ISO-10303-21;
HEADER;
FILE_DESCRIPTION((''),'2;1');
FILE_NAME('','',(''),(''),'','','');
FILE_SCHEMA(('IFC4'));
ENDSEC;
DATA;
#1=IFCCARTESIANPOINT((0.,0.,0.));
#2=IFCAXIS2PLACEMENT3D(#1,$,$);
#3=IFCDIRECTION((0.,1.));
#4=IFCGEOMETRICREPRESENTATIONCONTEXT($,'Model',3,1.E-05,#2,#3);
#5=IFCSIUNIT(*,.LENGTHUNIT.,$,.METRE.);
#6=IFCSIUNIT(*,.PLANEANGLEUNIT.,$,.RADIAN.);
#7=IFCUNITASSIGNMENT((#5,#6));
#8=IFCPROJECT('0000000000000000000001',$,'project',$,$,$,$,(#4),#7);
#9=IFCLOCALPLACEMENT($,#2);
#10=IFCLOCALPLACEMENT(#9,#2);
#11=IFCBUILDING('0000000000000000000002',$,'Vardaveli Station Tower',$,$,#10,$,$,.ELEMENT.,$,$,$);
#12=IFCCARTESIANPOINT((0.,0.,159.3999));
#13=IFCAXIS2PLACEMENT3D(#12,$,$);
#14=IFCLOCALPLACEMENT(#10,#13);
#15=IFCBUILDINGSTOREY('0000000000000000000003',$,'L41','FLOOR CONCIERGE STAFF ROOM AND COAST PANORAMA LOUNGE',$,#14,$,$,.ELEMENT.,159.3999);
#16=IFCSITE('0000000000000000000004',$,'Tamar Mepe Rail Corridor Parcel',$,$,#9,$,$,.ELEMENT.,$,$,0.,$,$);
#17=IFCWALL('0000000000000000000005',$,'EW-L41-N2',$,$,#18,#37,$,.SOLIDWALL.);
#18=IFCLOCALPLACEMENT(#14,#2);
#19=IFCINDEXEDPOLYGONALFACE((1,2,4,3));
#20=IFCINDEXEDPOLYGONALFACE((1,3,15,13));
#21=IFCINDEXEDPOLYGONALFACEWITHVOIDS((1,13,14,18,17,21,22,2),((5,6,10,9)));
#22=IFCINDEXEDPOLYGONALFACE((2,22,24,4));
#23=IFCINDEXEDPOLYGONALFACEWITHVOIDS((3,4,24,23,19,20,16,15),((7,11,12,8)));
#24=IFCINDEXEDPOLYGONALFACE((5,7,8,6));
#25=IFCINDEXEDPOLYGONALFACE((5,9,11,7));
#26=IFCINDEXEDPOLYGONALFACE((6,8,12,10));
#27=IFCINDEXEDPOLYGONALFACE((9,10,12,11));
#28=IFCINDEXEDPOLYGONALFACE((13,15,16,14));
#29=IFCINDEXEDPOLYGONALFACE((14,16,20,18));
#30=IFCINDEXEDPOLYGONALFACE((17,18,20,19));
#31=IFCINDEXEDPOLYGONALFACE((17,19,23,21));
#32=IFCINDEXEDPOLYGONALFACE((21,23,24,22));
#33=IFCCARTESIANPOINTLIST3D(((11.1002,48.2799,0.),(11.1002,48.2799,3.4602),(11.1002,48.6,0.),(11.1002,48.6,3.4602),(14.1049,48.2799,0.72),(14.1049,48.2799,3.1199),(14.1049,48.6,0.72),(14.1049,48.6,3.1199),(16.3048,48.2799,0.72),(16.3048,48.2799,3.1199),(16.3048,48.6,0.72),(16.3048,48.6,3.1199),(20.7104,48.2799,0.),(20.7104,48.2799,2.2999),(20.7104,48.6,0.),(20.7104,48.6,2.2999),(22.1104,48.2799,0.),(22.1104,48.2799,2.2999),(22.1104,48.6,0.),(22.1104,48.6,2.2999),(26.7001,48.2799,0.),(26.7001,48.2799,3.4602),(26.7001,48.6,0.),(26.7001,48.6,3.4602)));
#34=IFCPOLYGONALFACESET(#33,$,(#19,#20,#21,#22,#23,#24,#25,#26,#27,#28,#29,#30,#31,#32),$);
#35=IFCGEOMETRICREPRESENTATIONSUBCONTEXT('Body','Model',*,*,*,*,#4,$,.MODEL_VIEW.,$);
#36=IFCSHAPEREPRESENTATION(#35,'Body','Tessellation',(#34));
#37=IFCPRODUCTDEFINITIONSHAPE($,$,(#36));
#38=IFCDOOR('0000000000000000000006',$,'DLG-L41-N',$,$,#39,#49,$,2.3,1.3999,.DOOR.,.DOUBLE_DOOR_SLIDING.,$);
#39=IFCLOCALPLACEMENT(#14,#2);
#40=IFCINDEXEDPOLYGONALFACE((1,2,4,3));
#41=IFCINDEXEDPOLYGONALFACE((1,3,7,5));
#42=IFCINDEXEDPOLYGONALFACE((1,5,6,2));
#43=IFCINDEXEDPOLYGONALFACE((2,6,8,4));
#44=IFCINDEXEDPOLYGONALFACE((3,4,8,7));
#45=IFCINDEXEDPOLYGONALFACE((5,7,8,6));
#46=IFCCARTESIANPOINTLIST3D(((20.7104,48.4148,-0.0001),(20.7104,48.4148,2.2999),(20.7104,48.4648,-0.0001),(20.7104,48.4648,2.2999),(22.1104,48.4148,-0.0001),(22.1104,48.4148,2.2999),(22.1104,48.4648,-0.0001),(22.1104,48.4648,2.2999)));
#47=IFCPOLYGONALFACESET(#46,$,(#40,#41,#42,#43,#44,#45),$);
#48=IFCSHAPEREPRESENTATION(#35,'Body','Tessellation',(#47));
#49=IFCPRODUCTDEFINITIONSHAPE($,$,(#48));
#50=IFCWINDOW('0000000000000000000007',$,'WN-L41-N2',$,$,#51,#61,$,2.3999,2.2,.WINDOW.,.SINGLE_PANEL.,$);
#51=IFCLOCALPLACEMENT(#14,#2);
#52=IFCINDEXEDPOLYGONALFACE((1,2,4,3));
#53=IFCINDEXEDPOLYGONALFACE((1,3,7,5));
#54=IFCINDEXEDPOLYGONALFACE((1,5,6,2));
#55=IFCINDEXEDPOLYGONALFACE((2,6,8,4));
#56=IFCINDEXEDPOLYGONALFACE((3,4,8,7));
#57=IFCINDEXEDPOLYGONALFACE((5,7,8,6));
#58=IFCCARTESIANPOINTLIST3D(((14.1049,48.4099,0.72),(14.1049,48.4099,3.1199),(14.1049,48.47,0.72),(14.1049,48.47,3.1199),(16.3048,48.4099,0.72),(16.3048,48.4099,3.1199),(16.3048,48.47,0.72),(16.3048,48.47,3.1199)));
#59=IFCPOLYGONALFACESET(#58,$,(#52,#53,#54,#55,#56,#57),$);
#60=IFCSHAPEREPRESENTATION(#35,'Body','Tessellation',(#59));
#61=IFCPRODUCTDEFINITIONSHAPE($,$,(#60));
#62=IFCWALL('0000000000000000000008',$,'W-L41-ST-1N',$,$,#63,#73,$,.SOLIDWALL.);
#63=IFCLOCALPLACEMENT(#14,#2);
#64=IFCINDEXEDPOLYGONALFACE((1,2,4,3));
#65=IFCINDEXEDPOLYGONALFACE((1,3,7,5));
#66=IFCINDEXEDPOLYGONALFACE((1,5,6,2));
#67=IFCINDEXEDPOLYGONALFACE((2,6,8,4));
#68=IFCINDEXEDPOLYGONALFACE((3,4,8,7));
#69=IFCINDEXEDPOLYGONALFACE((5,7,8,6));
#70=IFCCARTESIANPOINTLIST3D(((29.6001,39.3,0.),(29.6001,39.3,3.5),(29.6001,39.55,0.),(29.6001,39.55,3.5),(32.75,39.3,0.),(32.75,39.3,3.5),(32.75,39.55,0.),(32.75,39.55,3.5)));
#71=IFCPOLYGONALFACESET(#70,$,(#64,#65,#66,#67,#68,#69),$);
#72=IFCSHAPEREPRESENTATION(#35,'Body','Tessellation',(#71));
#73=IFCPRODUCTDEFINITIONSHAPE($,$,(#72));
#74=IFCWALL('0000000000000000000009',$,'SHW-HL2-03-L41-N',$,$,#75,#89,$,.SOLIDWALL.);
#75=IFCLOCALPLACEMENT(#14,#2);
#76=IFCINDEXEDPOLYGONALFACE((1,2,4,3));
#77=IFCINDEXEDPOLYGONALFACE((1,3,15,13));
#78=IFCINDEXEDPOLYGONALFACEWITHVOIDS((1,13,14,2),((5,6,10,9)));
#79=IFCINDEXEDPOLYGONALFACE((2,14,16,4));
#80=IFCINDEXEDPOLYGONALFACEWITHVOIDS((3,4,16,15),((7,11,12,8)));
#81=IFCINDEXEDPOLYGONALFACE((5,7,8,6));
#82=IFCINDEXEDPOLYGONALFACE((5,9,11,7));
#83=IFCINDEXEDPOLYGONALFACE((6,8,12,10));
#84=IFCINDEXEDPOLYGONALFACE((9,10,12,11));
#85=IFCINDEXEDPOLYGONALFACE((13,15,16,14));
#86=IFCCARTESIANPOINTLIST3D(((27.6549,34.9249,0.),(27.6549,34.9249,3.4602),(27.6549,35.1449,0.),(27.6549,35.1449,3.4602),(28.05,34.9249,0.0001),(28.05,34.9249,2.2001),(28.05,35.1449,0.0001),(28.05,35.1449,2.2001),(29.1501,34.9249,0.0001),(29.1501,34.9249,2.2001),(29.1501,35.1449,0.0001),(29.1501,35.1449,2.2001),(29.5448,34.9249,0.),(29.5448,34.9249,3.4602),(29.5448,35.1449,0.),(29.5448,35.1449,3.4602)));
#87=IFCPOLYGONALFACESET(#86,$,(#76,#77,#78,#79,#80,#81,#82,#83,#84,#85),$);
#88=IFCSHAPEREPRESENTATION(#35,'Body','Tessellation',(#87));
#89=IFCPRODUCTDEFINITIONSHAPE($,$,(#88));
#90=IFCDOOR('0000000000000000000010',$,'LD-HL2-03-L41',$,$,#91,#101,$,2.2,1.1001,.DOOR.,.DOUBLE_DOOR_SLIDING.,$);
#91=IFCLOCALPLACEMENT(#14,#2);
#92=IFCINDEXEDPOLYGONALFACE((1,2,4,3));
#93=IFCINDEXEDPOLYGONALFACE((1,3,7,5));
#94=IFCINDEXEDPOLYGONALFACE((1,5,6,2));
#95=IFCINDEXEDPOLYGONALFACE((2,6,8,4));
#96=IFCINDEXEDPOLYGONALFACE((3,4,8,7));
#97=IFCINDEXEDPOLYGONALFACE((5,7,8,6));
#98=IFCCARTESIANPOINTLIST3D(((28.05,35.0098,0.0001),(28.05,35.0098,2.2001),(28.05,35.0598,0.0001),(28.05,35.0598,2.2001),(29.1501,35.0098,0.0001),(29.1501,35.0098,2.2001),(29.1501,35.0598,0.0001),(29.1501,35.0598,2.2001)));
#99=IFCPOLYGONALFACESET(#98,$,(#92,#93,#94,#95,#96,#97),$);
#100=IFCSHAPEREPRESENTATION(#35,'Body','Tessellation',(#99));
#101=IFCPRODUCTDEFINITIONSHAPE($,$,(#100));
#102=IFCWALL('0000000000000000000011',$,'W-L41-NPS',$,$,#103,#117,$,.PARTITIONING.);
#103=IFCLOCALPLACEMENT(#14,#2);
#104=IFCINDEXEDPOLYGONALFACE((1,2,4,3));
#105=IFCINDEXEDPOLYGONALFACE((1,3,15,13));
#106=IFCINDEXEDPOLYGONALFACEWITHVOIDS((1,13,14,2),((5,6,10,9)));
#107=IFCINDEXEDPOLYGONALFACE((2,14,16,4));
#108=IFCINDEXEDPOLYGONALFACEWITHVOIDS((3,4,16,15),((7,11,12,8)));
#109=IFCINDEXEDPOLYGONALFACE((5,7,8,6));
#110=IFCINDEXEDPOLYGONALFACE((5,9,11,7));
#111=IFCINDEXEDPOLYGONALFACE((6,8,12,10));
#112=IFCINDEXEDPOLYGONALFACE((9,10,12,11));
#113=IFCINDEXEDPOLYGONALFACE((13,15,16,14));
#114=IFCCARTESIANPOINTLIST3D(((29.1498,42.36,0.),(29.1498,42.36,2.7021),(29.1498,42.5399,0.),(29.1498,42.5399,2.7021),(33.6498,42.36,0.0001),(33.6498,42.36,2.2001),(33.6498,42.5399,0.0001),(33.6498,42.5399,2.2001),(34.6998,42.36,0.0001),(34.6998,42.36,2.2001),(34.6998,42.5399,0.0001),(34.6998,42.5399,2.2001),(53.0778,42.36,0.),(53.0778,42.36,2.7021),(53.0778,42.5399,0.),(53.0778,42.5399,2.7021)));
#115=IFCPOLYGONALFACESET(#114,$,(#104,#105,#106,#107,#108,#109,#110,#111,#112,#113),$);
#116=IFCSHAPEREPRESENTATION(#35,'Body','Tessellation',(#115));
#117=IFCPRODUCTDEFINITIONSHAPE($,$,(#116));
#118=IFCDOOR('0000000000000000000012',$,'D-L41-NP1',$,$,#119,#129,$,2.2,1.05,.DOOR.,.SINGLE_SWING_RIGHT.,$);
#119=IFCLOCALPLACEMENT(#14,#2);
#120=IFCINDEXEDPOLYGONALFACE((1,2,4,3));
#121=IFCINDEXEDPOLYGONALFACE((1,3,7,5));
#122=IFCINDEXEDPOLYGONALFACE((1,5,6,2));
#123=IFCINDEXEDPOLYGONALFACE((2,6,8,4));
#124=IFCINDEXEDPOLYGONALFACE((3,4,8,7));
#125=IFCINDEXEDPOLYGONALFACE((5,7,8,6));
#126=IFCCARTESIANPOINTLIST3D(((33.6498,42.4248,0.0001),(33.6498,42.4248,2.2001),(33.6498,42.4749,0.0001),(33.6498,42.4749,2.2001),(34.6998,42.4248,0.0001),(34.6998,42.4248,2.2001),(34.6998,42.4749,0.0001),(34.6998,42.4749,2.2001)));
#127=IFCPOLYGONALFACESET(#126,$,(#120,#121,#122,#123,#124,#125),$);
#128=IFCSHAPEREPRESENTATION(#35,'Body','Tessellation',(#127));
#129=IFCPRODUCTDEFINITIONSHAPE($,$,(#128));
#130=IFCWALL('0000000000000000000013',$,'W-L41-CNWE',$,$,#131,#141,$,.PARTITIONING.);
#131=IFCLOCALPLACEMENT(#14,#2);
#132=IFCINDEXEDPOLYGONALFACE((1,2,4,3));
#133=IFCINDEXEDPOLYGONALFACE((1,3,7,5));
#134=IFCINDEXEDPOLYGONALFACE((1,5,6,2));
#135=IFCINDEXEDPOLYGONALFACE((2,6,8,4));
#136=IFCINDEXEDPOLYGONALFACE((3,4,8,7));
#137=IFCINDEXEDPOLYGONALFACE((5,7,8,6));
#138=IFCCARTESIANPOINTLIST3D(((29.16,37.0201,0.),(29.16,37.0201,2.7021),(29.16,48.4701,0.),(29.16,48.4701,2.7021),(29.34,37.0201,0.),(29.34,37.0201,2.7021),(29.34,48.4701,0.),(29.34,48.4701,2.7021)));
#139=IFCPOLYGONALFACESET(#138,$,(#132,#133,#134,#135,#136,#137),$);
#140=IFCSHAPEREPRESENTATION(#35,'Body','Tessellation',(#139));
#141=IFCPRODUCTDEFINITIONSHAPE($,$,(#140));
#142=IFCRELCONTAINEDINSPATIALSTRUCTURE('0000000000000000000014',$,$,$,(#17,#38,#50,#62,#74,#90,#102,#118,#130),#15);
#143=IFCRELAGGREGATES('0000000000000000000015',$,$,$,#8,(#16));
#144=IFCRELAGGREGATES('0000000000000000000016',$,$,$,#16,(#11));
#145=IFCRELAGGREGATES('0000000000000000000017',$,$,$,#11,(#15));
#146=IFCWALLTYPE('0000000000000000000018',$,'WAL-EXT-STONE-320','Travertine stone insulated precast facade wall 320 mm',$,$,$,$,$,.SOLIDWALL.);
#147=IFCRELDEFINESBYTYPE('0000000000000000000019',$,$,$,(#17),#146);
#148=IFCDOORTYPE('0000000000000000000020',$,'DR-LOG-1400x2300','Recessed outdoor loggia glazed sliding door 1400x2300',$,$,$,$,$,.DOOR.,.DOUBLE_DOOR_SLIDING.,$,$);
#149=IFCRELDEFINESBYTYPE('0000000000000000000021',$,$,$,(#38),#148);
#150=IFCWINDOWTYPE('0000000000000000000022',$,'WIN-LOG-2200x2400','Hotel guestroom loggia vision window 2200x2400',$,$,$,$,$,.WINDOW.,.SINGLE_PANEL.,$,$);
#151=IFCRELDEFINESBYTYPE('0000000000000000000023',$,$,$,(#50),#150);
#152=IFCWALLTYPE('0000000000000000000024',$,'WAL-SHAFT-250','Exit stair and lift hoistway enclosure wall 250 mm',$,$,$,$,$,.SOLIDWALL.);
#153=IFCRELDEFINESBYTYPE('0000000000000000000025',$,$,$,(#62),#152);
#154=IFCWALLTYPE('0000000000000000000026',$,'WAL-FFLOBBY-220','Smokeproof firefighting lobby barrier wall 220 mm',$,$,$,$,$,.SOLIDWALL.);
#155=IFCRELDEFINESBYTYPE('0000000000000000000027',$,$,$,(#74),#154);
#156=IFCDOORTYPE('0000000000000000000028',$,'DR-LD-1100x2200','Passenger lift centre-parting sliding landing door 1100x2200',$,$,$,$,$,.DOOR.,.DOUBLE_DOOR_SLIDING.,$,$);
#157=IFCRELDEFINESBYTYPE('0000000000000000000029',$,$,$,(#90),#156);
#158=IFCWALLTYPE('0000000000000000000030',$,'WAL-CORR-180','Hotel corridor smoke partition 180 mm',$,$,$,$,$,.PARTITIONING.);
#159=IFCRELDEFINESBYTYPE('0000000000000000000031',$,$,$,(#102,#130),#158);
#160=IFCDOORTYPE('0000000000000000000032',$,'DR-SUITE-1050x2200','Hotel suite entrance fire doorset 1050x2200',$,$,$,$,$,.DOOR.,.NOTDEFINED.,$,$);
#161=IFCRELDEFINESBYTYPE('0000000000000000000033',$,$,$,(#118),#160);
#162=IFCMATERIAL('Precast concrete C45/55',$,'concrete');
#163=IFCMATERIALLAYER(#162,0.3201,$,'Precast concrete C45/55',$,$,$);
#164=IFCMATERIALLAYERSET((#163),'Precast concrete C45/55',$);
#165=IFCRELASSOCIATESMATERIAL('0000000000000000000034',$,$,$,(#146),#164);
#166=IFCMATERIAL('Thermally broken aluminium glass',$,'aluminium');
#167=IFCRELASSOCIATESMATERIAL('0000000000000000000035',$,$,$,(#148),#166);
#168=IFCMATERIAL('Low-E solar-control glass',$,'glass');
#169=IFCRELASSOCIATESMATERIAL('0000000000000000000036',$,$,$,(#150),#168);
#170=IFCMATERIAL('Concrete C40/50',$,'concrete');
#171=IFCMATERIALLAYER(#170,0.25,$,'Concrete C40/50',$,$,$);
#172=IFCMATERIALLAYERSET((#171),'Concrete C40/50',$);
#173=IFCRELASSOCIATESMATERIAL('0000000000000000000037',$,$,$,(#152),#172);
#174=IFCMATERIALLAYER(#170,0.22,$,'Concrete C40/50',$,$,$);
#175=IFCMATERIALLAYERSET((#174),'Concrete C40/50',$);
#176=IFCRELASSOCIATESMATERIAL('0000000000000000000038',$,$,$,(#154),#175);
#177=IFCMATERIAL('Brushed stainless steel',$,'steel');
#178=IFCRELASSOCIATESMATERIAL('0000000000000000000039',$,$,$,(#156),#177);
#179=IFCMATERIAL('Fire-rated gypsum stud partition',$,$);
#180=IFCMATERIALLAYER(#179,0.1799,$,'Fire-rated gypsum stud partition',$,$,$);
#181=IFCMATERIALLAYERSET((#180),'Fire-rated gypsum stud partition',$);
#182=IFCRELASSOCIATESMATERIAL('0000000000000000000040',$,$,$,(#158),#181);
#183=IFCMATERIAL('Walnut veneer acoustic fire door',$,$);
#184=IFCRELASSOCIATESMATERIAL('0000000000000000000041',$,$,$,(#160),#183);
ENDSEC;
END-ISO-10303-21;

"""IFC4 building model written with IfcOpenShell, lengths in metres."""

from ifc_helpers import new_model, si_unit, direction, frame, frame_2d, origin, place, context, subcontext, project, spatial, rectangle, extrude, source, transform, mapped, material, layer, layer_set, type_object, element, fill, save


model = new_model("IFC4")

# Units and contexts
model_context = context("Model", 3, precision=1e-05, world=origin(), true_north=direction((0.0, 1.0)))
body_context = subcontext(model_context, "Body", "Model", "MODEL_VIEW")
ifc_project = project(units=[si_unit("LENGTHUNIT", "METRE"), si_unit("PLANEANGLEUNIT", "RADIAN")], contexts=[model_context])

# Site, building, storey
site_placement = place(None, origin())
site = spatial("IfcSite", under=ifc_project, at=site_placement, Name="Tamar Mepe Rail Corridor Parcel", CompositionType="ELEMENT", RefElevation=0.0)
building_placement = place(site_placement, origin())
building = spatial("IfcBuilding", under=site, at=building_placement, Name="Vardaveli Station Tower", CompositionType="ELEMENT")
storey_placement = place(building_placement, frame((0.0, 0.0, 159.3999)))
storey = spatial("IfcBuildingStorey", under=building, at=storey_placement, Name="L41", Description="FLOOR CONCIERGE STAFF ROOM AND COAST PANORAMA LOUNGE", CompositionType="ELEMENT", Elevation=159.3999)

# Shared definitions
ifc_material_1 = material(Name="Precast concrete C45/55", Category="concrete")

# Wall, openings, door, window
ifc_layer_1 = layer(ifc_material_1, 0.3201, Name="Precast concrete C45/55")
ifc_layer_set_1 = layer_set([ifc_layer_1], Name="Precast concrete C45/55")
wall_type_1 = type_object("IfcWallType", Name="WAL-EXT-STONE-320", Description="Travertine stone insulated precast facade wall 320 mm", PredefinedType="SOLIDWALL", material=ifc_layer_set_1)
shared_shape_1 = source(origin(), body_context, "Body", "SweptSolid", [
    extrude(rectangle(XDim=15.5999, YDim=0.3201, at=frame_2d((7.7998, 0.0))), origin(), (0.0, 0.0, 1.0), 3.4602),
])
wall_1_placement = place(storey_placement, frame((26.7, 48.4399, 0.0), z_axis=(0.0, 0.0, 1.0), x_axis=(-1.0, 0.0, 0.0)))
wall_1 = element("IfcWall", 1, at=wall_1_placement, inside=storey, type_object=wall_type_1, Name="EW-L41-N2", PredefinedType="SOLIDWALL", context=body_context, shape_type="MappedRepresentation", body=[
    mapped(shared_shape_1, transform((0.0, 0.0, 0.0), scale=1.0)),
])
shared_shape_2 = source(origin(), body_context, "Body", "SweptSolid", [
    extrude(rectangle(XDim=1.3999, YDim=2.3, at=frame_2d((0.7, 1.1499))), frame((0.0, 0.1699, 0.0), z_axis=(0.0, -1.0, 0.0), x_axis=(1.0, 0.0, 0.0)), (0.0, 0.0, 1.0), 0.3401),
])
opening_1_placement = place(wall_1_placement, frame((4.5896, 0.0, 0.0)))
opening_1 = element("IfcOpeningElement", 2, at=opening_1_placement, cuts=wall_1, PredefinedType="OPENING", context=body_context, shape_type="MappedRepresentation", body=[
    mapped(shared_shape_2, transform((0.0, 0.0, 0.0), scale=1.0)),
])
shared_shape_3 = source(origin(), body_context, "Body", "SweptSolid", [
    extrude(rectangle(XDim=2.2, YDim=2.3999, at=frame_2d((1.1001, 1.2))), frame((0.0, 0.1699, 0.0), z_axis=(0.0, -1.0, 0.0), x_axis=(1.0, 0.0, 0.0)), (0.0, 0.0, 1.0), 0.3401),
])
opening_2_placement = place(wall_1_placement, frame((10.395, 0.0, 0.72)))
opening_2 = element("IfcOpeningElement", 3, at=opening_2_placement, cuts=wall_1, PredefinedType="OPENING", context=body_context, shape_type="MappedRepresentation", body=[
    mapped(shared_shape_3, transform((0.0, 0.0, 0.0), scale=1.0)),
])
ifc_material_2 = material(Name="Thermally broken aluminium glass", Category="aluminium")
door_type_1 = type_object("IfcDoorType", Name="DR-LOG-1400x2300", Description="Recessed outdoor loggia glazed sliding door 1400x2300", OperationType="DOUBLE_DOOR_SLIDING", PredefinedType="DOOR", material=ifc_material_2)
shared_shape_4 = source(origin(), body_context, "Body", "SweptSolid", [
    extrude(rectangle(XDim=1.3999, YDim=2.3, at=frame_2d((0.7, 1.1499))), frame((0.0, 0.0249, 0.0), z_axis=(0.0, -1.0, 0.0), x_axis=(1.0, 0.0, 0.0)), (0.0, 0.0, 1.0), 0.05),
])
door_1_placement = place(opening_1_placement, frame((1.3999, 0.0, 0.0), z_axis=(0.0, 0.0, 1.0), x_axis=(-1.0, 0.0, 0.0)))
door_1 = element("IfcDoor", 4, at=door_1_placement, inside=storey, type_object=door_type_1, Name="DLG-L41-N", OperationType="DOUBLE_DOOR_SLIDING", OverallHeight=2.3, OverallWidth=1.3999, PredefinedType="DOOR", context=body_context, shape_type="MappedRepresentation", body=[
    mapped(shared_shape_4, transform((0.0, 0.0, 0.0), scale=1.0)),
])
fill(opening_1, door_1)
ifc_material_3 = material(Name="Low-E solar-control glass", Category="glass")
window_type = type_object("IfcWindowType", Name="WIN-LOG-2200x2400", Description="Hotel guestroom loggia vision window 2200x2400", PartitioningType="SINGLE_PANEL", PredefinedType="WINDOW", material=ifc_material_3)
shared_shape_5 = source(origin(), body_context, "Body", "SweptSolid", [
    extrude(rectangle(XDim=2.2, YDim=2.3999, at=frame_2d((1.1001, 1.2))), frame((0.0, 0.03, 0.0), z_axis=(0.0, -1.0, 0.0), x_axis=(1.0, 0.0, 0.0)), (0.0, 0.0, 1.0), 0.0601),
])
window_placement = place(opening_2_placement, origin())
window = element("IfcWindow", 5, at=window_placement, inside=storey, type_object=window_type, Name="WN-L41-N2", OverallHeight=2.3999, OverallWidth=2.2, PartitioningType="SINGLE_PANEL", PredefinedType="WINDOW", context=body_context, shape_type="MappedRepresentation", body=[
    mapped(shared_shape_5, transform((0.0, 0.0, 0.0), scale=1.0)),
])
fill(opening_2, window)

# Wall
ifc_material_4 = material(Name="Concrete C40/50", Category="concrete")
ifc_layer_2 = layer(ifc_material_4, 0.25, Name="Concrete C40/50")
ifc_layer_set_2 = layer_set([ifc_layer_2], Name="Concrete C40/50")
wall_type_2 = type_object("IfcWallType", Name="WAL-SHAFT-250", Description="Exit stair and lift hoistway enclosure wall 250 mm", PredefinedType="SOLIDWALL", material=ifc_layer_set_2)
shared_shape_6 = source(origin(), body_context, "Body", "SweptSolid", [
    extrude(rectangle(XDim=3.1499, YDim=0.25, at=frame_2d((1.575, 0.0))), origin(), (0.0, 0.0, 1.0), 3.5),
])
wall_2_placement = place(storey_placement, frame((29.6001, 39.425, 0.0), z_axis=(0.0, 0.0, 1.0), x_axis=(1.0, 0.0, 0.0)))
element("IfcWall", 6, at=wall_2_placement, inside=storey, type_object=wall_type_2, Name="W-L41-ST-1N", PredefinedType="SOLIDWALL", context=body_context, shape_type="MappedRepresentation", body=[
    mapped(shared_shape_6, transform((0.0, 0.0, 0.0), scale=1.0)),
])

# Walls, openings, doors
ifc_layer_3 = layer(ifc_material_4, 0.22, Name="Concrete C40/50")
ifc_layer_set_3 = layer_set([ifc_layer_3], Name="Concrete C40/50")
wall_type_3 = type_object("IfcWallType", Name="WAL-FFLOBBY-220", Description="Smokeproof firefighting lobby barrier wall 220 mm", PredefinedType="SOLIDWALL", material=ifc_layer_set_3)
shared_shape_7 = source(origin(), body_context, "Body", "SweptSolid", [
    extrude(rectangle(XDim=1.8899, YDim=0.22, at=frame_2d((0.9448, 0.0))), origin(), (0.0, 0.0, 1.0), 3.4602),
])
wall_3_placement = place(storey_placement, frame((27.655, 35.0349, 0.0), z_axis=(0.0, 0.0, 1.0), x_axis=(1.0, 0.0, 0.0)))
wall_3 = element("IfcWall", 7, at=wall_3_placement, inside=storey, type_object=wall_type_3, Name="SHW-HL2-03-L41-N", PredefinedType="SOLIDWALL", context=body_context, shape_type="MappedRepresentation", body=[
    mapped(shared_shape_7, transform((0.0, 0.0, 0.0), scale=1.0)),
])
shared_shape_8 = source(origin(), body_context, "Body", "SweptSolid", [
    extrude(rectangle(XDim=1.1001, YDim=2.2, at=frame_2d((0.55, 1.1001))), frame((0.0, 0.1201, 0.0), z_axis=(0.0, -1.0, 0.0), x_axis=(1.0, 0.0, 0.0)), (0.0, 0.0, 1.0), 0.24),
])
opening_3_placement = place(wall_3_placement, frame((0.395, 0.0, 0.0)))
opening_3 = element("IfcOpeningElement", 8, at=opening_3_placement, cuts=wall_3, PredefinedType="OPENING", context=body_context, shape_type="MappedRepresentation", body=[
    mapped(shared_shape_8, transform((0.0, 0.0, 0.0), scale=1.0)),
])
ifc_material_5 = material(Name="Brushed stainless steel", Category="steel")
door_type_2 = type_object("IfcDoorType", Name="DR-LD-1100x2200", Description="Passenger lift centre-parting sliding landing door 1100x2200", OperationType="DOUBLE_DOOR_SLIDING", PredefinedType="DOOR", material=ifc_material_5)
shared_shape_9 = source(origin(), body_context, "Body", "SweptSolid", [
    extrude(rectangle(XDim=1.1001, YDim=2.2, at=frame_2d((0.55, 1.1001))), frame((0.0, 0.0249, 0.0), z_axis=(0.0, -1.0, 0.0), x_axis=(1.0, 0.0, 0.0)), (0.0, 0.0, 1.0), 0.05),
])
door_2_placement = place(opening_3_placement, origin())
door_2 = element("IfcDoor", 9, at=door_2_placement, inside=storey, type_object=door_type_2, Name="LD-HL2-03-L41", OperationType="DOUBLE_DOOR_SLIDING", OverallHeight=2.2, OverallWidth=1.1001, PredefinedType="DOOR", context=body_context, shape_type="MappedRepresentation", body=[
    mapped(shared_shape_9, transform((0.0, 0.0, 0.0), scale=1.0)),
])
fill(opening_3, door_2)
ifc_material_6 = material(Name="Fire-rated gypsum stud partition")
ifc_layer_4 = layer(ifc_material_6, 0.1799, Name="Fire-rated gypsum stud partition")
ifc_layer_set_4 = layer_set([ifc_layer_4], Name="Fire-rated gypsum stud partition")
wall_type_4 = type_object("IfcWallType", Name="WAL-CORR-180", Description="Hotel corridor smoke partition 180 mm", PredefinedType="PARTITIONING", material=ifc_layer_set_4)
shared_shape_10 = source(origin(), body_context, "Body", "SweptSolid", [
    extrude(rectangle(XDim=23.928, YDim=0.1799, at=frame_2d((11.9639, 0.0))), origin(), (0.0, 0.0, 1.0), 2.7021),
])
wall_4_placement = place(storey_placement, frame((29.1499, 42.45, 0.0), z_axis=(0.0, 0.0, 1.0), x_axis=(1.0, 0.0, 0.0)))
wall_4 = element("IfcWall", 10, at=wall_4_placement, inside=storey, type_object=wall_type_4, Name="W-L41-NPS", PredefinedType="PARTITIONING", context=body_context, shape_type="MappedRepresentation", body=[
    mapped(shared_shape_10, transform((0.0, 0.0, 0.0), scale=1.0)),
])
shared_shape_11 = source(origin(), body_context, "Body", "SweptSolid", [
    extrude(rectangle(XDim=1.05, YDim=2.2, at=frame_2d((0.5249, 1.1001))), frame((0.0, 0.1001, 0.0), z_axis=(0.0, -1.0, 0.0), x_axis=(1.0, 0.0, 0.0)), (0.0, 0.0, 1.0), 0.2),
])
opening_4_placement = place(wall_4_placement, frame((4.5, 0.0, 0.0)))
opening_4 = element("IfcOpeningElement", 11, at=opening_4_placement, cuts=wall_4, PredefinedType="OPENING", context=body_context, shape_type="MappedRepresentation", body=[
    mapped(shared_shape_11, transform((0.0, 0.0, 0.0), scale=1.0)),
])
ifc_material_7 = material(Name="Walnut veneer acoustic fire door")
door_type_3 = type_object("IfcDoorType", Name="DR-SUITE-1050x2200", Description="Hotel suite entrance fire doorset 1050x2200", OperationType="NOTDEFINED", PredefinedType="DOOR", material=ifc_material_7)
shared_shape_12 = source(origin(), body_context, "Body", "SweptSolid", [
    extrude(rectangle(XDim=1.05, YDim=2.2, at=frame_2d((0.5249, 1.1001))), frame((0.0, 0.0249, 0.0), z_axis=(0.0, -1.0, 0.0), x_axis=(1.0, 0.0, 0.0)), (0.0, 0.0, 1.0), 0.05),
])
door_3_placement = place(opening_4_placement, origin())
door_3 = element("IfcDoor", 12, at=door_3_placement, inside=storey, type_object=door_type_3, Name="D-L41-NP1", OperationType="SINGLE_SWING_RIGHT", OverallHeight=2.2, OverallWidth=1.05, PredefinedType="DOOR", context=body_context, shape_type="MappedRepresentation", body=[
    mapped(shared_shape_12, transform((0.0, 0.0, 0.0), scale=1.0)),
])
fill(opening_4, door_3)

# Wall
shared_shape_13 = source(origin(), body_context, "Body", "SweptSolid", [
    extrude(rectangle(XDim=11.45, YDim=0.1799, at=frame_2d((5.7251, 0.0))), origin(), (0.0, 0.0, 1.0), 2.7021),
])
wall_5_placement = place(storey_placement, frame((29.25, 37.02, 0.0), z_axis=(0.0, 0.0, 1.0), x_axis=(0.0, 1.0, 0.0)))
element("IfcWall", 13, at=wall_5_placement, inside=storey, type_object=wall_type_4, Name="W-L41-CNWE", PredefinedType="PARTITIONING", context=body_context, shape_type="MappedRepresentation", body=[
    mapped(shared_shape_13, transform((0.0, 0.0, 0.0), scale=1.0)),
])

save(model, "model.ifc")
